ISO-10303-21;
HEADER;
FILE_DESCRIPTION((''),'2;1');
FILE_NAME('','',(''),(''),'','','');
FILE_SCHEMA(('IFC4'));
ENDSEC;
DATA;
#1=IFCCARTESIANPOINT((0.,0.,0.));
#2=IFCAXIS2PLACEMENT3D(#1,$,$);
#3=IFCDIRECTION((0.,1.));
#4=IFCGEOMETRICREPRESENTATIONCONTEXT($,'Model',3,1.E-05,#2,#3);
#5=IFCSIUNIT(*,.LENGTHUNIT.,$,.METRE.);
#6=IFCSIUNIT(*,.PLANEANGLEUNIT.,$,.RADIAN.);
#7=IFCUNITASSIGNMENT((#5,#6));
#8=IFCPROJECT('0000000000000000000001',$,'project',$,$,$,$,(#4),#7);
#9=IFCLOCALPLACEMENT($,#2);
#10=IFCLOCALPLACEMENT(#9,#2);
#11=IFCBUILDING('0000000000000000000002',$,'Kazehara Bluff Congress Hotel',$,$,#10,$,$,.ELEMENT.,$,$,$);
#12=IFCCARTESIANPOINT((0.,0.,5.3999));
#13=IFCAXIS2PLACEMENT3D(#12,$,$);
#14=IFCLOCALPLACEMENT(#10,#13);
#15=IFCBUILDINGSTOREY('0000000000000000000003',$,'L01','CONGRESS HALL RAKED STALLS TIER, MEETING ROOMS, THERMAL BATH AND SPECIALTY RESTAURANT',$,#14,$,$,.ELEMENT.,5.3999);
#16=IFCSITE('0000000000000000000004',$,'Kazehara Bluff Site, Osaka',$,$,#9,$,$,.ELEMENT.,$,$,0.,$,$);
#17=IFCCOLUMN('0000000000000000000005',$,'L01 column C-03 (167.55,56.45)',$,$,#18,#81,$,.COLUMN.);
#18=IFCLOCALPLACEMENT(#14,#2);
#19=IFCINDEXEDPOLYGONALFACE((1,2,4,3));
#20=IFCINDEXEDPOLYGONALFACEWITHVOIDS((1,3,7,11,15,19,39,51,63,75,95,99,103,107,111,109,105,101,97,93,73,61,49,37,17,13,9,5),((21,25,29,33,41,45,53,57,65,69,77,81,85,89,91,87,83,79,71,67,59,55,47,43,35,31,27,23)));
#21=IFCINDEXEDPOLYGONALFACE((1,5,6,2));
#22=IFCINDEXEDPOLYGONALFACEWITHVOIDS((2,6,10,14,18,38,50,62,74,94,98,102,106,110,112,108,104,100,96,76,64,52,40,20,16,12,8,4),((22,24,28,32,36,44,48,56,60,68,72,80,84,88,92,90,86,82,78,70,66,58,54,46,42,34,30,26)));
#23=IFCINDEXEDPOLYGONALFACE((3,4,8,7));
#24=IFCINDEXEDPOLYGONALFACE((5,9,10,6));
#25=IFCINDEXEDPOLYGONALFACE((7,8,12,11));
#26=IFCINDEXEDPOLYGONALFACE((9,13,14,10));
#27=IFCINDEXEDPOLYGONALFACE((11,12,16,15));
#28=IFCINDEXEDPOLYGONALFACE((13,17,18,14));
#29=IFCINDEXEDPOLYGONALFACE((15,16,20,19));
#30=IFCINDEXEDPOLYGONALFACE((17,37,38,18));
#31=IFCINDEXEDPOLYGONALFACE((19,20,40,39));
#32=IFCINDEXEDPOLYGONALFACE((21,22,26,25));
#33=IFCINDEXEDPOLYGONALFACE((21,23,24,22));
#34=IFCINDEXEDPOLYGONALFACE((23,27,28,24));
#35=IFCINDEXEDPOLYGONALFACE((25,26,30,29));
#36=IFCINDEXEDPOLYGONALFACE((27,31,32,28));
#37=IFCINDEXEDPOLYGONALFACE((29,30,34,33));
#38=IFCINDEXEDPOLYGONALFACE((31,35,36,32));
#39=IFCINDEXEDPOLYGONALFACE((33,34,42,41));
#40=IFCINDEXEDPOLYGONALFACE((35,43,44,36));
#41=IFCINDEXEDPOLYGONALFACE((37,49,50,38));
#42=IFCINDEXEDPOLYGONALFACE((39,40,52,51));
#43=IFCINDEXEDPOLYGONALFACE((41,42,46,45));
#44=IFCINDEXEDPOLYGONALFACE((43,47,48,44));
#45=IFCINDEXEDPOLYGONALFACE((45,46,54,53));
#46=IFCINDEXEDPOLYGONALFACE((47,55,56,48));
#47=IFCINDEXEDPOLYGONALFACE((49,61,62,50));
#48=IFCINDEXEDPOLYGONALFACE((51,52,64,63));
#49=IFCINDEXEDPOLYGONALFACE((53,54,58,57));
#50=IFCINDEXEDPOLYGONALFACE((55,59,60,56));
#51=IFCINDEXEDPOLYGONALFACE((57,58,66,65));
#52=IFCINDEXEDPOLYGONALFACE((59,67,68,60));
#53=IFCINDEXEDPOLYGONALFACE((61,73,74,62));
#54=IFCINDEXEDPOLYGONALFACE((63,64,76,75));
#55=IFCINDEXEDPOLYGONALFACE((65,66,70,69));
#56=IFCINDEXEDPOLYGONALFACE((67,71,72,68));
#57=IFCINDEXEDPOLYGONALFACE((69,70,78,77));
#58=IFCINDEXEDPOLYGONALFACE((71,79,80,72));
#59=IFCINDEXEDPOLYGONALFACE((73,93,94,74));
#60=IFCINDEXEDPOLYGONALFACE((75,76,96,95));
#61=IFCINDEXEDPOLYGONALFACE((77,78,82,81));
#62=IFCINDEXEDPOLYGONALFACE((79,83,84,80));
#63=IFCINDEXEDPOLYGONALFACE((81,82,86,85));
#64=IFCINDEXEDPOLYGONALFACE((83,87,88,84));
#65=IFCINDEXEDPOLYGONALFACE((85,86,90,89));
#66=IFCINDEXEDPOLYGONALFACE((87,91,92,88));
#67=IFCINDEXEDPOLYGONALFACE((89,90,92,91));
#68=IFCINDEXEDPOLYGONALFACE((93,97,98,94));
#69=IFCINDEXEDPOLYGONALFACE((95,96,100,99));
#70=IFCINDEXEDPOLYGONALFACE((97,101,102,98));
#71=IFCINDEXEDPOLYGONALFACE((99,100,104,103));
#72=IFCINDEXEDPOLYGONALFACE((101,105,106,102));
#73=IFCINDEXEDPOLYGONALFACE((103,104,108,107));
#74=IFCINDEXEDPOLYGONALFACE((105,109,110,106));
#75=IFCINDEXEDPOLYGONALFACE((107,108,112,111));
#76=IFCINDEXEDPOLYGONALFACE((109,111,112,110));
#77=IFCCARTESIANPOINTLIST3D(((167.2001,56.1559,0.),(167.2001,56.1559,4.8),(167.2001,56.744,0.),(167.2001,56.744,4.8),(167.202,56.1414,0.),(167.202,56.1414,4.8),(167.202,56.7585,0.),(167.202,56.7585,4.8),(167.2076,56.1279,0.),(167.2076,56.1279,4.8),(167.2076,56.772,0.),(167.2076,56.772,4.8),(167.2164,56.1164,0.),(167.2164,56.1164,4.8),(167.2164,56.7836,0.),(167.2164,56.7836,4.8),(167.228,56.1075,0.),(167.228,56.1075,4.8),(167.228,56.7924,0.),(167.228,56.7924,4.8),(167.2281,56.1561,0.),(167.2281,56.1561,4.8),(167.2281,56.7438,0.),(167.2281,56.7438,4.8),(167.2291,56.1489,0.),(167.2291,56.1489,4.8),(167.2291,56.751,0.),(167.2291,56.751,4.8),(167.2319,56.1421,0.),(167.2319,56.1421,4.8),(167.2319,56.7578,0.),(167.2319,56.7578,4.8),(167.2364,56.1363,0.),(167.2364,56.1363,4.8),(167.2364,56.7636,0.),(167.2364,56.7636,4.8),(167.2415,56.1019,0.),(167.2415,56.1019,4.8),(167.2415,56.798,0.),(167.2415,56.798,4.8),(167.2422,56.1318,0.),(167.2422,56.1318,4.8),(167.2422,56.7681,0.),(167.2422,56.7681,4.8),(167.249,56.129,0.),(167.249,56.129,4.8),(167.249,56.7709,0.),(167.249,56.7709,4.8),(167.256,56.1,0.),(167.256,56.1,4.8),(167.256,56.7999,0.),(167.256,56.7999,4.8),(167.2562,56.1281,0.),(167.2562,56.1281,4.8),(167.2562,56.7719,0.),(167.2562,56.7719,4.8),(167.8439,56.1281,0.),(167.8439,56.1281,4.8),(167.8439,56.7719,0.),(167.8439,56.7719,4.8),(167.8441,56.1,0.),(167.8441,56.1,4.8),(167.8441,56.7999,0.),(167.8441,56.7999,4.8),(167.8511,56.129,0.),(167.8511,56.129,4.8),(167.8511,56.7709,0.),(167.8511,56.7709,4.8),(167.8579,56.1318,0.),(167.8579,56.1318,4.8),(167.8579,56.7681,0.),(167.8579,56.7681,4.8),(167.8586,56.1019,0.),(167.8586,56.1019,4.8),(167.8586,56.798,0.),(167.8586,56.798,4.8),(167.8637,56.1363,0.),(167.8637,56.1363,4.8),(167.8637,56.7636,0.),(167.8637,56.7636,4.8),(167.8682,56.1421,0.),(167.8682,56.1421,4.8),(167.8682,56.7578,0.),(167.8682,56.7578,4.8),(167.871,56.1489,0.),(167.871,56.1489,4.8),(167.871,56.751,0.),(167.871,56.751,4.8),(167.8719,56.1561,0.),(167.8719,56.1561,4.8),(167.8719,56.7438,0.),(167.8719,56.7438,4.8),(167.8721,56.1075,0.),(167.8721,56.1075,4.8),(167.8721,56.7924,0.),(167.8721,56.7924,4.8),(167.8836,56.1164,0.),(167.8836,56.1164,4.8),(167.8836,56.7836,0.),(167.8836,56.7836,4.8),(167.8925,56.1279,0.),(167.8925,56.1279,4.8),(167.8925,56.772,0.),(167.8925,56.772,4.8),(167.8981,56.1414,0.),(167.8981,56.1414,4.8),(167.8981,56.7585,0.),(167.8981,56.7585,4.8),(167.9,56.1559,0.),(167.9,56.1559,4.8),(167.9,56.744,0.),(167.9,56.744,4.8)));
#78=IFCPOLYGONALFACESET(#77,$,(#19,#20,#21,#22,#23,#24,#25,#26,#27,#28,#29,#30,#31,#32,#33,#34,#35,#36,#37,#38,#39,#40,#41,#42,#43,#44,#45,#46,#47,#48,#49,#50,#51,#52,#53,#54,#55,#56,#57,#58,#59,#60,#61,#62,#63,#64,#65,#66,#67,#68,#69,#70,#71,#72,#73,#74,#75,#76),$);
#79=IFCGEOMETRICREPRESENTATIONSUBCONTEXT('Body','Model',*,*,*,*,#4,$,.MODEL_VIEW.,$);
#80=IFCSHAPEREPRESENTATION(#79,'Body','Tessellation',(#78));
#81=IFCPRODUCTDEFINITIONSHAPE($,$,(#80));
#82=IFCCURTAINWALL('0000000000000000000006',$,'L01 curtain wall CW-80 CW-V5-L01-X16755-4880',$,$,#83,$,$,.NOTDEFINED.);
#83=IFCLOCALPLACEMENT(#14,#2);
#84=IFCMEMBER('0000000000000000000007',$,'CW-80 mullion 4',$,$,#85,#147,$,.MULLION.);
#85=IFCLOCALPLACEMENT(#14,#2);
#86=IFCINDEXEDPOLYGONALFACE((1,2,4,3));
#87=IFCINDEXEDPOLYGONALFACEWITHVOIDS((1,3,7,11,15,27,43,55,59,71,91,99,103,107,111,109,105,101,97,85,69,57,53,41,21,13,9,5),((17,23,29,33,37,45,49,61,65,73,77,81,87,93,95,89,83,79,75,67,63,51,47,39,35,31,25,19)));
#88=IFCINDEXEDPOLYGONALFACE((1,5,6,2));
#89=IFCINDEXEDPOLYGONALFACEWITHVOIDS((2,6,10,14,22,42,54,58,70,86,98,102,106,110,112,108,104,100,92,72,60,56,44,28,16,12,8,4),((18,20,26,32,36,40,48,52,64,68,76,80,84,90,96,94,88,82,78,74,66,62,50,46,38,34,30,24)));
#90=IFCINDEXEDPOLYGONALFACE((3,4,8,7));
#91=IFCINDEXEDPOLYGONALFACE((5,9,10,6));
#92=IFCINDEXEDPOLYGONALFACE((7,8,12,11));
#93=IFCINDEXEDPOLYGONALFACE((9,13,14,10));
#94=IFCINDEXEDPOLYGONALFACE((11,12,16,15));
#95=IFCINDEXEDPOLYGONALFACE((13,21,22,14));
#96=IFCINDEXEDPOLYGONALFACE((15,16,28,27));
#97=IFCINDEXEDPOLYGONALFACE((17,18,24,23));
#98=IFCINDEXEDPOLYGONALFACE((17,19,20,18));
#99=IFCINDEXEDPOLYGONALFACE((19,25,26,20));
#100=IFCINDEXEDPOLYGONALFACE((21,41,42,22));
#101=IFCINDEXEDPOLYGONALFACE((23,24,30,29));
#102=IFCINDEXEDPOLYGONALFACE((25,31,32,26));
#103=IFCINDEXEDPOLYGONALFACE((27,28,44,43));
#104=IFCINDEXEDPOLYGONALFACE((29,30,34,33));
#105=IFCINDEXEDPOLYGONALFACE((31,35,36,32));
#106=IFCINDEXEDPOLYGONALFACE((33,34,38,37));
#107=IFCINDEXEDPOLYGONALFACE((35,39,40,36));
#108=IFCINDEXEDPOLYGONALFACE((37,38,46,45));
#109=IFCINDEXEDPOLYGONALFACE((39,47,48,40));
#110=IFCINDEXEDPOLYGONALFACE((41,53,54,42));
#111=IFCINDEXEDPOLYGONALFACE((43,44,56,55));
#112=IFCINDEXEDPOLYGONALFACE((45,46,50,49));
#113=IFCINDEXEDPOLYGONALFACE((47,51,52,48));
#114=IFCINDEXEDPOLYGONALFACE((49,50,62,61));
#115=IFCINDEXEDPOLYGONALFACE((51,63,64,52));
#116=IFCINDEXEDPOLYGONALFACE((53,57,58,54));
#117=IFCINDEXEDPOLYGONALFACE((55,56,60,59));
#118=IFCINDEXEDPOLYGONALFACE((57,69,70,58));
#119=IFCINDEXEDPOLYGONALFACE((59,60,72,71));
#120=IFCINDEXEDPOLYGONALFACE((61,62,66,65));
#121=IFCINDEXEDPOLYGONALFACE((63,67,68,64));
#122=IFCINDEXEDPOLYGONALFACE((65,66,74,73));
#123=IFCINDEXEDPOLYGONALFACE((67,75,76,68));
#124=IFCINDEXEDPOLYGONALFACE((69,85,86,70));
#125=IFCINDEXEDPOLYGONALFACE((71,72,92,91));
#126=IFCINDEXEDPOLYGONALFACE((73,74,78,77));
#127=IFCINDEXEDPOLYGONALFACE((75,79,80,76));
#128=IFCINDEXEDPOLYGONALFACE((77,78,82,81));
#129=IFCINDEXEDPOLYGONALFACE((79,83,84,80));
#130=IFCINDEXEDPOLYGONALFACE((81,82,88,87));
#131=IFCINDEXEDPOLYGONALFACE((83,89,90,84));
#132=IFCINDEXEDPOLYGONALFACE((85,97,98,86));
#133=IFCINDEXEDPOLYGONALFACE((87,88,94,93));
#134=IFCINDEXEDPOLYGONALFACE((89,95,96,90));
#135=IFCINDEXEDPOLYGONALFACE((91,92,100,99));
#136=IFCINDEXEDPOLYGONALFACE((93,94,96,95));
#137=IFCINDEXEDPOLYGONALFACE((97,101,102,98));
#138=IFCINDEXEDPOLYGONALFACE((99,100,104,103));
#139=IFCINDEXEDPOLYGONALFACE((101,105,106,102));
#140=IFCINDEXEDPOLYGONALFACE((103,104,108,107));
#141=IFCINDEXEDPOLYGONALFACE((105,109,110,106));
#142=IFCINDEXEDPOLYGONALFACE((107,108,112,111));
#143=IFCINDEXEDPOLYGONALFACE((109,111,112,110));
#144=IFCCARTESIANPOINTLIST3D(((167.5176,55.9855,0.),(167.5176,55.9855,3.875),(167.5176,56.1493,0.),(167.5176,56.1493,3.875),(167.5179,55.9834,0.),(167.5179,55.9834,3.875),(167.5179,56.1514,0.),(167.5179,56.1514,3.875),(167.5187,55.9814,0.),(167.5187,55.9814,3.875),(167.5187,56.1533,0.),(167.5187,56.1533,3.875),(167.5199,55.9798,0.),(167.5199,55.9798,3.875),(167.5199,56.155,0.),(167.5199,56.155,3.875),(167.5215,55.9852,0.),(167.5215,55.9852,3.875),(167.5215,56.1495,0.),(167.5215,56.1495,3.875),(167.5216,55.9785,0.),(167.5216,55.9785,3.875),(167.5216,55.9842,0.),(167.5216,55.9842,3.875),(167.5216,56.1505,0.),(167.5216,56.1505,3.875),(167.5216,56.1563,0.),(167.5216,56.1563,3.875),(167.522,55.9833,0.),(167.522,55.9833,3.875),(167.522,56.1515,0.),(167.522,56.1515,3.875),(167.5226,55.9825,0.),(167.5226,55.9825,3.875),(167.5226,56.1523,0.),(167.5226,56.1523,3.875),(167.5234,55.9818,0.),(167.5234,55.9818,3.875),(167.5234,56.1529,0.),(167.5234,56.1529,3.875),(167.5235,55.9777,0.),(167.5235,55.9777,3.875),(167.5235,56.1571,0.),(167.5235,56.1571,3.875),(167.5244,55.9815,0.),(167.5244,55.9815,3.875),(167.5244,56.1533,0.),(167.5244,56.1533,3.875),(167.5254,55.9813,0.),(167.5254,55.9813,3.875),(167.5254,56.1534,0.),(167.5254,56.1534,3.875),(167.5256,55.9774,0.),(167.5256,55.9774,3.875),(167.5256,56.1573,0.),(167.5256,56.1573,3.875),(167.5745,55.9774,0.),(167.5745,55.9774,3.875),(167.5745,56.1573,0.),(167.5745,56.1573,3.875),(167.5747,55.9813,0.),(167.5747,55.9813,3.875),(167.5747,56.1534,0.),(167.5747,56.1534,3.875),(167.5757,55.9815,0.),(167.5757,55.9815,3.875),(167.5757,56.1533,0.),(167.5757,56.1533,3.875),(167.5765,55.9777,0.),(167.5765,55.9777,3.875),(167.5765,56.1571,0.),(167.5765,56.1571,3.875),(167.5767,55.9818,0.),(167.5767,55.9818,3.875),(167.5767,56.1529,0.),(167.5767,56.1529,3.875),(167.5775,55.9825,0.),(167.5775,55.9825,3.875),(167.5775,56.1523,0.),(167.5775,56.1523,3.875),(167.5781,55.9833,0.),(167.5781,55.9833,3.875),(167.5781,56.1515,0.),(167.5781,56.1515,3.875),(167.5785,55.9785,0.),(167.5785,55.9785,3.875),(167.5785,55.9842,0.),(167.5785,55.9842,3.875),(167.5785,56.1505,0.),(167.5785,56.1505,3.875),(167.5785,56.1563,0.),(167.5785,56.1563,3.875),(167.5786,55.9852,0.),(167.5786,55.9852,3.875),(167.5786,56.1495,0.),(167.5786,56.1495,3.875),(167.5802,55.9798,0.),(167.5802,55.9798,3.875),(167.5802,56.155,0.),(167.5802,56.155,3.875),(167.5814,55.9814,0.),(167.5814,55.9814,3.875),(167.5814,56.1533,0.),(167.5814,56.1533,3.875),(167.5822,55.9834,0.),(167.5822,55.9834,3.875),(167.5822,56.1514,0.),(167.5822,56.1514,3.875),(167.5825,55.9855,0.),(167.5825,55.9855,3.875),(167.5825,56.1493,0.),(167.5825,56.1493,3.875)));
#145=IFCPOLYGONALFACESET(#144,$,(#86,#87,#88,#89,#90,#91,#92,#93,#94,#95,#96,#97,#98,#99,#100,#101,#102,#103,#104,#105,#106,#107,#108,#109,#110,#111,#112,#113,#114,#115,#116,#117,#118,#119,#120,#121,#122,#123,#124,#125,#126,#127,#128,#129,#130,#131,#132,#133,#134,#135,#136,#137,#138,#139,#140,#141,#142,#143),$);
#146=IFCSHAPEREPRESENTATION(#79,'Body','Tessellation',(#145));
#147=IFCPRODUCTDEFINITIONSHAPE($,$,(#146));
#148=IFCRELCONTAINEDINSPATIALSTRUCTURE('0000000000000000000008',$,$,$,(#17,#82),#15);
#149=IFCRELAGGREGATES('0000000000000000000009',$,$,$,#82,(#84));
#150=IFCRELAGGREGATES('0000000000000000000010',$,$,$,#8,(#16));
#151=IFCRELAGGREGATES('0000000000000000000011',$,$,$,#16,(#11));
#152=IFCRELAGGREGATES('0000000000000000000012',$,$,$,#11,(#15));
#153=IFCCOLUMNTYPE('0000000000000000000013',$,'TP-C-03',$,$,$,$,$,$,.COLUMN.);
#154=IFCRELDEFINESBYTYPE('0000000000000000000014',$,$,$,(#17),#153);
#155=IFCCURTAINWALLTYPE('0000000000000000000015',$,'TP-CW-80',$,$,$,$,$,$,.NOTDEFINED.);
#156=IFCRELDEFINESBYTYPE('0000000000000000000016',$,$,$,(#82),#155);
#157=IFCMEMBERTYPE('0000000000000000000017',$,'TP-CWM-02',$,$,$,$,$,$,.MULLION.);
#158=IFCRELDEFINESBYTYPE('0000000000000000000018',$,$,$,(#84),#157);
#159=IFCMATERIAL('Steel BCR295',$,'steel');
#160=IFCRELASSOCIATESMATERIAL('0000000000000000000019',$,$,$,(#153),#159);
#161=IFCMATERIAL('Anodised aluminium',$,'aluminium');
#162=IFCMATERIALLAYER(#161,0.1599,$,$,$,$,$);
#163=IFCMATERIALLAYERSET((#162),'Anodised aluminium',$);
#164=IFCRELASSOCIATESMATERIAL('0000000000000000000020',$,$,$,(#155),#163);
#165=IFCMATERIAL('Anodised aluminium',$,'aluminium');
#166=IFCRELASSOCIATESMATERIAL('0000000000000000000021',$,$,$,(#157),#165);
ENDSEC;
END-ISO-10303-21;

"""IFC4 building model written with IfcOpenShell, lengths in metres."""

from ifc_helpers import new_model, si_unit, direction, frame, origin, origin_2d, place, context, subcontext, project, spatial, hollow_rectangle, extrude, material, layer, layer_set, material_profile, profile_set, type_object, element, aggregate, save


model = new_model("IFC4")

# Units and contexts
model_context = context("Model", 3, precision=1e-05, world=origin(), true_north=direction((0.0, 1.0)))
body_context = subcontext(model_context, "Body", "Model", "MODEL_VIEW")
ifc_project = project(units=[si_unit("LENGTHUNIT", "METRE"), si_unit("PLANEANGLEUNIT", "RADIAN")], contexts=[model_context])

# Site, building, storey
site_placement = place(None, origin())
site = spatial("IfcSite", under=ifc_project, at=site_placement, Name="Kazehara Bluff Site, Osaka", CompositionType="ELEMENT", RefElevation=0.0)
building_placement = place(site_placement, origin())
building = spatial("IfcBuilding", under=site, at=building_placement, Name="Kazehara Bluff Congress Hotel", CompositionType="ELEMENT")
storey_placement = place(building_placement, frame((0.0, 0.0, 5.3999)))
storey = spatial("IfcBuildingStorey", under=building, at=storey_placement, Name="L01", Description="CONGRESS HALL RAKED STALLS TIER, MEETING ROOMS, THERMAL BATH AND SPECIALTY RESTAURANT", CompositionType="ELEMENT", Elevation=5.3999)

# Column
ifc_material_1 = material(Name="Steel BCR295", Category="steel")
ifc_material_profile_1 = material_profile(ifc_material_1, hollow_rectangle(XDim=0.7, YDim=0.7, WallThickness=0.0281, InnerFilletRadius=0.0281, OuterFilletRadius=0.0559, at=origin_2d()))
ifc_profile_set_1 = profile_set([ifc_material_profile_1], Name="Steel BCR295")
column_type = type_object("IfcColumnType", Name="TP-C-03", PredefinedType="COLUMN", material=ifc_profile_set_1)
column_placement = place(storey_placement, frame((167.55, 56.45, 0.0), z_axis=(0.0, 0.0, 1.0), x_axis=(1.0, 0.0, 0.0)))
element("IfcColumn", 1, at=column_placement, inside=storey, type_object=column_type, Name="L01 column C-03 (167.55,56.45)", PredefinedType="COLUMN", context=body_context, shape_type="SweptSolid", body=[
    extrude(hollow_rectangle(XDim=0.7, YDim=0.7, WallThickness=0.0281, InnerFilletRadius=0.0281, OuterFilletRadius=0.0559, at=origin_2d()), origin(), (0.0, 0.0, 1.0), 4.8),
])

# Curtain wall, member
ifc_material_2 = material(Name="Anodised aluminium", Category="aluminium")
ifc_layer_1 = layer(ifc_material_2, 0.1599)
ifc_layer_set_1 = layer_set([ifc_layer_1], Name="Anodised aluminium")
curtain_wall_type = type_object("IfcCurtainWallType", Name="TP-CW-80", PredefinedType="NOTDEFINED", material=ifc_layer_set_1)
curtain_wall_1_placement = place(storey_placement, origin())
curtain_wall_1 = element("IfcCurtainWall", 2, at=curtain_wall_1_placement, inside=storey, type_object=curtain_wall_type, Name="L01 curtain wall CW-80 CW-V5-L01-X16755-4880", PredefinedType="NOTDEFINED")
ifc_material_3 = material(Name="Anodised aluminium", Category="aluminium")
ifc_material_profile_2 = material_profile(ifc_material_3, hollow_rectangle(XDim=0.0649, YDim=0.1799, WallThickness=0.0039, InnerFilletRadius=0.0039, OuterFilletRadius=0.0081, at=origin_2d()))
ifc_profile_set_2 = profile_set([ifc_material_profile_2], Name="Anodised aluminium")
member_type_1 = type_object("IfcMemberType", Name="TP-CWM-02", PredefinedType="MULLION", material=ifc_profile_set_2)
member_1_placement = place(storey_placement, frame((167.55, 56.0674, 0.0), z_axis=(0.0, 0.0, 1.0), x_axis=(-1.0, 0.0, 0.0)))
member_1 = element("IfcMember", 3, at=member_1_placement, type_object=member_type_1, Name="CW-80 mullion 4", PredefinedType="MULLION", context=body_context, shape_type="SweptSolid", body=[
    extrude(hollow_rectangle(XDim=0.0649, YDim=0.1799, WallThickness=0.0039, InnerFilletRadius=0.0039, OuterFilletRadius=0.0081, at=origin_2d()), origin(), (0.0, 0.0, 1.0), 3.875),
])

aggregate(curtain_wall_1, [member_1])

save(model, "model.ifc")
